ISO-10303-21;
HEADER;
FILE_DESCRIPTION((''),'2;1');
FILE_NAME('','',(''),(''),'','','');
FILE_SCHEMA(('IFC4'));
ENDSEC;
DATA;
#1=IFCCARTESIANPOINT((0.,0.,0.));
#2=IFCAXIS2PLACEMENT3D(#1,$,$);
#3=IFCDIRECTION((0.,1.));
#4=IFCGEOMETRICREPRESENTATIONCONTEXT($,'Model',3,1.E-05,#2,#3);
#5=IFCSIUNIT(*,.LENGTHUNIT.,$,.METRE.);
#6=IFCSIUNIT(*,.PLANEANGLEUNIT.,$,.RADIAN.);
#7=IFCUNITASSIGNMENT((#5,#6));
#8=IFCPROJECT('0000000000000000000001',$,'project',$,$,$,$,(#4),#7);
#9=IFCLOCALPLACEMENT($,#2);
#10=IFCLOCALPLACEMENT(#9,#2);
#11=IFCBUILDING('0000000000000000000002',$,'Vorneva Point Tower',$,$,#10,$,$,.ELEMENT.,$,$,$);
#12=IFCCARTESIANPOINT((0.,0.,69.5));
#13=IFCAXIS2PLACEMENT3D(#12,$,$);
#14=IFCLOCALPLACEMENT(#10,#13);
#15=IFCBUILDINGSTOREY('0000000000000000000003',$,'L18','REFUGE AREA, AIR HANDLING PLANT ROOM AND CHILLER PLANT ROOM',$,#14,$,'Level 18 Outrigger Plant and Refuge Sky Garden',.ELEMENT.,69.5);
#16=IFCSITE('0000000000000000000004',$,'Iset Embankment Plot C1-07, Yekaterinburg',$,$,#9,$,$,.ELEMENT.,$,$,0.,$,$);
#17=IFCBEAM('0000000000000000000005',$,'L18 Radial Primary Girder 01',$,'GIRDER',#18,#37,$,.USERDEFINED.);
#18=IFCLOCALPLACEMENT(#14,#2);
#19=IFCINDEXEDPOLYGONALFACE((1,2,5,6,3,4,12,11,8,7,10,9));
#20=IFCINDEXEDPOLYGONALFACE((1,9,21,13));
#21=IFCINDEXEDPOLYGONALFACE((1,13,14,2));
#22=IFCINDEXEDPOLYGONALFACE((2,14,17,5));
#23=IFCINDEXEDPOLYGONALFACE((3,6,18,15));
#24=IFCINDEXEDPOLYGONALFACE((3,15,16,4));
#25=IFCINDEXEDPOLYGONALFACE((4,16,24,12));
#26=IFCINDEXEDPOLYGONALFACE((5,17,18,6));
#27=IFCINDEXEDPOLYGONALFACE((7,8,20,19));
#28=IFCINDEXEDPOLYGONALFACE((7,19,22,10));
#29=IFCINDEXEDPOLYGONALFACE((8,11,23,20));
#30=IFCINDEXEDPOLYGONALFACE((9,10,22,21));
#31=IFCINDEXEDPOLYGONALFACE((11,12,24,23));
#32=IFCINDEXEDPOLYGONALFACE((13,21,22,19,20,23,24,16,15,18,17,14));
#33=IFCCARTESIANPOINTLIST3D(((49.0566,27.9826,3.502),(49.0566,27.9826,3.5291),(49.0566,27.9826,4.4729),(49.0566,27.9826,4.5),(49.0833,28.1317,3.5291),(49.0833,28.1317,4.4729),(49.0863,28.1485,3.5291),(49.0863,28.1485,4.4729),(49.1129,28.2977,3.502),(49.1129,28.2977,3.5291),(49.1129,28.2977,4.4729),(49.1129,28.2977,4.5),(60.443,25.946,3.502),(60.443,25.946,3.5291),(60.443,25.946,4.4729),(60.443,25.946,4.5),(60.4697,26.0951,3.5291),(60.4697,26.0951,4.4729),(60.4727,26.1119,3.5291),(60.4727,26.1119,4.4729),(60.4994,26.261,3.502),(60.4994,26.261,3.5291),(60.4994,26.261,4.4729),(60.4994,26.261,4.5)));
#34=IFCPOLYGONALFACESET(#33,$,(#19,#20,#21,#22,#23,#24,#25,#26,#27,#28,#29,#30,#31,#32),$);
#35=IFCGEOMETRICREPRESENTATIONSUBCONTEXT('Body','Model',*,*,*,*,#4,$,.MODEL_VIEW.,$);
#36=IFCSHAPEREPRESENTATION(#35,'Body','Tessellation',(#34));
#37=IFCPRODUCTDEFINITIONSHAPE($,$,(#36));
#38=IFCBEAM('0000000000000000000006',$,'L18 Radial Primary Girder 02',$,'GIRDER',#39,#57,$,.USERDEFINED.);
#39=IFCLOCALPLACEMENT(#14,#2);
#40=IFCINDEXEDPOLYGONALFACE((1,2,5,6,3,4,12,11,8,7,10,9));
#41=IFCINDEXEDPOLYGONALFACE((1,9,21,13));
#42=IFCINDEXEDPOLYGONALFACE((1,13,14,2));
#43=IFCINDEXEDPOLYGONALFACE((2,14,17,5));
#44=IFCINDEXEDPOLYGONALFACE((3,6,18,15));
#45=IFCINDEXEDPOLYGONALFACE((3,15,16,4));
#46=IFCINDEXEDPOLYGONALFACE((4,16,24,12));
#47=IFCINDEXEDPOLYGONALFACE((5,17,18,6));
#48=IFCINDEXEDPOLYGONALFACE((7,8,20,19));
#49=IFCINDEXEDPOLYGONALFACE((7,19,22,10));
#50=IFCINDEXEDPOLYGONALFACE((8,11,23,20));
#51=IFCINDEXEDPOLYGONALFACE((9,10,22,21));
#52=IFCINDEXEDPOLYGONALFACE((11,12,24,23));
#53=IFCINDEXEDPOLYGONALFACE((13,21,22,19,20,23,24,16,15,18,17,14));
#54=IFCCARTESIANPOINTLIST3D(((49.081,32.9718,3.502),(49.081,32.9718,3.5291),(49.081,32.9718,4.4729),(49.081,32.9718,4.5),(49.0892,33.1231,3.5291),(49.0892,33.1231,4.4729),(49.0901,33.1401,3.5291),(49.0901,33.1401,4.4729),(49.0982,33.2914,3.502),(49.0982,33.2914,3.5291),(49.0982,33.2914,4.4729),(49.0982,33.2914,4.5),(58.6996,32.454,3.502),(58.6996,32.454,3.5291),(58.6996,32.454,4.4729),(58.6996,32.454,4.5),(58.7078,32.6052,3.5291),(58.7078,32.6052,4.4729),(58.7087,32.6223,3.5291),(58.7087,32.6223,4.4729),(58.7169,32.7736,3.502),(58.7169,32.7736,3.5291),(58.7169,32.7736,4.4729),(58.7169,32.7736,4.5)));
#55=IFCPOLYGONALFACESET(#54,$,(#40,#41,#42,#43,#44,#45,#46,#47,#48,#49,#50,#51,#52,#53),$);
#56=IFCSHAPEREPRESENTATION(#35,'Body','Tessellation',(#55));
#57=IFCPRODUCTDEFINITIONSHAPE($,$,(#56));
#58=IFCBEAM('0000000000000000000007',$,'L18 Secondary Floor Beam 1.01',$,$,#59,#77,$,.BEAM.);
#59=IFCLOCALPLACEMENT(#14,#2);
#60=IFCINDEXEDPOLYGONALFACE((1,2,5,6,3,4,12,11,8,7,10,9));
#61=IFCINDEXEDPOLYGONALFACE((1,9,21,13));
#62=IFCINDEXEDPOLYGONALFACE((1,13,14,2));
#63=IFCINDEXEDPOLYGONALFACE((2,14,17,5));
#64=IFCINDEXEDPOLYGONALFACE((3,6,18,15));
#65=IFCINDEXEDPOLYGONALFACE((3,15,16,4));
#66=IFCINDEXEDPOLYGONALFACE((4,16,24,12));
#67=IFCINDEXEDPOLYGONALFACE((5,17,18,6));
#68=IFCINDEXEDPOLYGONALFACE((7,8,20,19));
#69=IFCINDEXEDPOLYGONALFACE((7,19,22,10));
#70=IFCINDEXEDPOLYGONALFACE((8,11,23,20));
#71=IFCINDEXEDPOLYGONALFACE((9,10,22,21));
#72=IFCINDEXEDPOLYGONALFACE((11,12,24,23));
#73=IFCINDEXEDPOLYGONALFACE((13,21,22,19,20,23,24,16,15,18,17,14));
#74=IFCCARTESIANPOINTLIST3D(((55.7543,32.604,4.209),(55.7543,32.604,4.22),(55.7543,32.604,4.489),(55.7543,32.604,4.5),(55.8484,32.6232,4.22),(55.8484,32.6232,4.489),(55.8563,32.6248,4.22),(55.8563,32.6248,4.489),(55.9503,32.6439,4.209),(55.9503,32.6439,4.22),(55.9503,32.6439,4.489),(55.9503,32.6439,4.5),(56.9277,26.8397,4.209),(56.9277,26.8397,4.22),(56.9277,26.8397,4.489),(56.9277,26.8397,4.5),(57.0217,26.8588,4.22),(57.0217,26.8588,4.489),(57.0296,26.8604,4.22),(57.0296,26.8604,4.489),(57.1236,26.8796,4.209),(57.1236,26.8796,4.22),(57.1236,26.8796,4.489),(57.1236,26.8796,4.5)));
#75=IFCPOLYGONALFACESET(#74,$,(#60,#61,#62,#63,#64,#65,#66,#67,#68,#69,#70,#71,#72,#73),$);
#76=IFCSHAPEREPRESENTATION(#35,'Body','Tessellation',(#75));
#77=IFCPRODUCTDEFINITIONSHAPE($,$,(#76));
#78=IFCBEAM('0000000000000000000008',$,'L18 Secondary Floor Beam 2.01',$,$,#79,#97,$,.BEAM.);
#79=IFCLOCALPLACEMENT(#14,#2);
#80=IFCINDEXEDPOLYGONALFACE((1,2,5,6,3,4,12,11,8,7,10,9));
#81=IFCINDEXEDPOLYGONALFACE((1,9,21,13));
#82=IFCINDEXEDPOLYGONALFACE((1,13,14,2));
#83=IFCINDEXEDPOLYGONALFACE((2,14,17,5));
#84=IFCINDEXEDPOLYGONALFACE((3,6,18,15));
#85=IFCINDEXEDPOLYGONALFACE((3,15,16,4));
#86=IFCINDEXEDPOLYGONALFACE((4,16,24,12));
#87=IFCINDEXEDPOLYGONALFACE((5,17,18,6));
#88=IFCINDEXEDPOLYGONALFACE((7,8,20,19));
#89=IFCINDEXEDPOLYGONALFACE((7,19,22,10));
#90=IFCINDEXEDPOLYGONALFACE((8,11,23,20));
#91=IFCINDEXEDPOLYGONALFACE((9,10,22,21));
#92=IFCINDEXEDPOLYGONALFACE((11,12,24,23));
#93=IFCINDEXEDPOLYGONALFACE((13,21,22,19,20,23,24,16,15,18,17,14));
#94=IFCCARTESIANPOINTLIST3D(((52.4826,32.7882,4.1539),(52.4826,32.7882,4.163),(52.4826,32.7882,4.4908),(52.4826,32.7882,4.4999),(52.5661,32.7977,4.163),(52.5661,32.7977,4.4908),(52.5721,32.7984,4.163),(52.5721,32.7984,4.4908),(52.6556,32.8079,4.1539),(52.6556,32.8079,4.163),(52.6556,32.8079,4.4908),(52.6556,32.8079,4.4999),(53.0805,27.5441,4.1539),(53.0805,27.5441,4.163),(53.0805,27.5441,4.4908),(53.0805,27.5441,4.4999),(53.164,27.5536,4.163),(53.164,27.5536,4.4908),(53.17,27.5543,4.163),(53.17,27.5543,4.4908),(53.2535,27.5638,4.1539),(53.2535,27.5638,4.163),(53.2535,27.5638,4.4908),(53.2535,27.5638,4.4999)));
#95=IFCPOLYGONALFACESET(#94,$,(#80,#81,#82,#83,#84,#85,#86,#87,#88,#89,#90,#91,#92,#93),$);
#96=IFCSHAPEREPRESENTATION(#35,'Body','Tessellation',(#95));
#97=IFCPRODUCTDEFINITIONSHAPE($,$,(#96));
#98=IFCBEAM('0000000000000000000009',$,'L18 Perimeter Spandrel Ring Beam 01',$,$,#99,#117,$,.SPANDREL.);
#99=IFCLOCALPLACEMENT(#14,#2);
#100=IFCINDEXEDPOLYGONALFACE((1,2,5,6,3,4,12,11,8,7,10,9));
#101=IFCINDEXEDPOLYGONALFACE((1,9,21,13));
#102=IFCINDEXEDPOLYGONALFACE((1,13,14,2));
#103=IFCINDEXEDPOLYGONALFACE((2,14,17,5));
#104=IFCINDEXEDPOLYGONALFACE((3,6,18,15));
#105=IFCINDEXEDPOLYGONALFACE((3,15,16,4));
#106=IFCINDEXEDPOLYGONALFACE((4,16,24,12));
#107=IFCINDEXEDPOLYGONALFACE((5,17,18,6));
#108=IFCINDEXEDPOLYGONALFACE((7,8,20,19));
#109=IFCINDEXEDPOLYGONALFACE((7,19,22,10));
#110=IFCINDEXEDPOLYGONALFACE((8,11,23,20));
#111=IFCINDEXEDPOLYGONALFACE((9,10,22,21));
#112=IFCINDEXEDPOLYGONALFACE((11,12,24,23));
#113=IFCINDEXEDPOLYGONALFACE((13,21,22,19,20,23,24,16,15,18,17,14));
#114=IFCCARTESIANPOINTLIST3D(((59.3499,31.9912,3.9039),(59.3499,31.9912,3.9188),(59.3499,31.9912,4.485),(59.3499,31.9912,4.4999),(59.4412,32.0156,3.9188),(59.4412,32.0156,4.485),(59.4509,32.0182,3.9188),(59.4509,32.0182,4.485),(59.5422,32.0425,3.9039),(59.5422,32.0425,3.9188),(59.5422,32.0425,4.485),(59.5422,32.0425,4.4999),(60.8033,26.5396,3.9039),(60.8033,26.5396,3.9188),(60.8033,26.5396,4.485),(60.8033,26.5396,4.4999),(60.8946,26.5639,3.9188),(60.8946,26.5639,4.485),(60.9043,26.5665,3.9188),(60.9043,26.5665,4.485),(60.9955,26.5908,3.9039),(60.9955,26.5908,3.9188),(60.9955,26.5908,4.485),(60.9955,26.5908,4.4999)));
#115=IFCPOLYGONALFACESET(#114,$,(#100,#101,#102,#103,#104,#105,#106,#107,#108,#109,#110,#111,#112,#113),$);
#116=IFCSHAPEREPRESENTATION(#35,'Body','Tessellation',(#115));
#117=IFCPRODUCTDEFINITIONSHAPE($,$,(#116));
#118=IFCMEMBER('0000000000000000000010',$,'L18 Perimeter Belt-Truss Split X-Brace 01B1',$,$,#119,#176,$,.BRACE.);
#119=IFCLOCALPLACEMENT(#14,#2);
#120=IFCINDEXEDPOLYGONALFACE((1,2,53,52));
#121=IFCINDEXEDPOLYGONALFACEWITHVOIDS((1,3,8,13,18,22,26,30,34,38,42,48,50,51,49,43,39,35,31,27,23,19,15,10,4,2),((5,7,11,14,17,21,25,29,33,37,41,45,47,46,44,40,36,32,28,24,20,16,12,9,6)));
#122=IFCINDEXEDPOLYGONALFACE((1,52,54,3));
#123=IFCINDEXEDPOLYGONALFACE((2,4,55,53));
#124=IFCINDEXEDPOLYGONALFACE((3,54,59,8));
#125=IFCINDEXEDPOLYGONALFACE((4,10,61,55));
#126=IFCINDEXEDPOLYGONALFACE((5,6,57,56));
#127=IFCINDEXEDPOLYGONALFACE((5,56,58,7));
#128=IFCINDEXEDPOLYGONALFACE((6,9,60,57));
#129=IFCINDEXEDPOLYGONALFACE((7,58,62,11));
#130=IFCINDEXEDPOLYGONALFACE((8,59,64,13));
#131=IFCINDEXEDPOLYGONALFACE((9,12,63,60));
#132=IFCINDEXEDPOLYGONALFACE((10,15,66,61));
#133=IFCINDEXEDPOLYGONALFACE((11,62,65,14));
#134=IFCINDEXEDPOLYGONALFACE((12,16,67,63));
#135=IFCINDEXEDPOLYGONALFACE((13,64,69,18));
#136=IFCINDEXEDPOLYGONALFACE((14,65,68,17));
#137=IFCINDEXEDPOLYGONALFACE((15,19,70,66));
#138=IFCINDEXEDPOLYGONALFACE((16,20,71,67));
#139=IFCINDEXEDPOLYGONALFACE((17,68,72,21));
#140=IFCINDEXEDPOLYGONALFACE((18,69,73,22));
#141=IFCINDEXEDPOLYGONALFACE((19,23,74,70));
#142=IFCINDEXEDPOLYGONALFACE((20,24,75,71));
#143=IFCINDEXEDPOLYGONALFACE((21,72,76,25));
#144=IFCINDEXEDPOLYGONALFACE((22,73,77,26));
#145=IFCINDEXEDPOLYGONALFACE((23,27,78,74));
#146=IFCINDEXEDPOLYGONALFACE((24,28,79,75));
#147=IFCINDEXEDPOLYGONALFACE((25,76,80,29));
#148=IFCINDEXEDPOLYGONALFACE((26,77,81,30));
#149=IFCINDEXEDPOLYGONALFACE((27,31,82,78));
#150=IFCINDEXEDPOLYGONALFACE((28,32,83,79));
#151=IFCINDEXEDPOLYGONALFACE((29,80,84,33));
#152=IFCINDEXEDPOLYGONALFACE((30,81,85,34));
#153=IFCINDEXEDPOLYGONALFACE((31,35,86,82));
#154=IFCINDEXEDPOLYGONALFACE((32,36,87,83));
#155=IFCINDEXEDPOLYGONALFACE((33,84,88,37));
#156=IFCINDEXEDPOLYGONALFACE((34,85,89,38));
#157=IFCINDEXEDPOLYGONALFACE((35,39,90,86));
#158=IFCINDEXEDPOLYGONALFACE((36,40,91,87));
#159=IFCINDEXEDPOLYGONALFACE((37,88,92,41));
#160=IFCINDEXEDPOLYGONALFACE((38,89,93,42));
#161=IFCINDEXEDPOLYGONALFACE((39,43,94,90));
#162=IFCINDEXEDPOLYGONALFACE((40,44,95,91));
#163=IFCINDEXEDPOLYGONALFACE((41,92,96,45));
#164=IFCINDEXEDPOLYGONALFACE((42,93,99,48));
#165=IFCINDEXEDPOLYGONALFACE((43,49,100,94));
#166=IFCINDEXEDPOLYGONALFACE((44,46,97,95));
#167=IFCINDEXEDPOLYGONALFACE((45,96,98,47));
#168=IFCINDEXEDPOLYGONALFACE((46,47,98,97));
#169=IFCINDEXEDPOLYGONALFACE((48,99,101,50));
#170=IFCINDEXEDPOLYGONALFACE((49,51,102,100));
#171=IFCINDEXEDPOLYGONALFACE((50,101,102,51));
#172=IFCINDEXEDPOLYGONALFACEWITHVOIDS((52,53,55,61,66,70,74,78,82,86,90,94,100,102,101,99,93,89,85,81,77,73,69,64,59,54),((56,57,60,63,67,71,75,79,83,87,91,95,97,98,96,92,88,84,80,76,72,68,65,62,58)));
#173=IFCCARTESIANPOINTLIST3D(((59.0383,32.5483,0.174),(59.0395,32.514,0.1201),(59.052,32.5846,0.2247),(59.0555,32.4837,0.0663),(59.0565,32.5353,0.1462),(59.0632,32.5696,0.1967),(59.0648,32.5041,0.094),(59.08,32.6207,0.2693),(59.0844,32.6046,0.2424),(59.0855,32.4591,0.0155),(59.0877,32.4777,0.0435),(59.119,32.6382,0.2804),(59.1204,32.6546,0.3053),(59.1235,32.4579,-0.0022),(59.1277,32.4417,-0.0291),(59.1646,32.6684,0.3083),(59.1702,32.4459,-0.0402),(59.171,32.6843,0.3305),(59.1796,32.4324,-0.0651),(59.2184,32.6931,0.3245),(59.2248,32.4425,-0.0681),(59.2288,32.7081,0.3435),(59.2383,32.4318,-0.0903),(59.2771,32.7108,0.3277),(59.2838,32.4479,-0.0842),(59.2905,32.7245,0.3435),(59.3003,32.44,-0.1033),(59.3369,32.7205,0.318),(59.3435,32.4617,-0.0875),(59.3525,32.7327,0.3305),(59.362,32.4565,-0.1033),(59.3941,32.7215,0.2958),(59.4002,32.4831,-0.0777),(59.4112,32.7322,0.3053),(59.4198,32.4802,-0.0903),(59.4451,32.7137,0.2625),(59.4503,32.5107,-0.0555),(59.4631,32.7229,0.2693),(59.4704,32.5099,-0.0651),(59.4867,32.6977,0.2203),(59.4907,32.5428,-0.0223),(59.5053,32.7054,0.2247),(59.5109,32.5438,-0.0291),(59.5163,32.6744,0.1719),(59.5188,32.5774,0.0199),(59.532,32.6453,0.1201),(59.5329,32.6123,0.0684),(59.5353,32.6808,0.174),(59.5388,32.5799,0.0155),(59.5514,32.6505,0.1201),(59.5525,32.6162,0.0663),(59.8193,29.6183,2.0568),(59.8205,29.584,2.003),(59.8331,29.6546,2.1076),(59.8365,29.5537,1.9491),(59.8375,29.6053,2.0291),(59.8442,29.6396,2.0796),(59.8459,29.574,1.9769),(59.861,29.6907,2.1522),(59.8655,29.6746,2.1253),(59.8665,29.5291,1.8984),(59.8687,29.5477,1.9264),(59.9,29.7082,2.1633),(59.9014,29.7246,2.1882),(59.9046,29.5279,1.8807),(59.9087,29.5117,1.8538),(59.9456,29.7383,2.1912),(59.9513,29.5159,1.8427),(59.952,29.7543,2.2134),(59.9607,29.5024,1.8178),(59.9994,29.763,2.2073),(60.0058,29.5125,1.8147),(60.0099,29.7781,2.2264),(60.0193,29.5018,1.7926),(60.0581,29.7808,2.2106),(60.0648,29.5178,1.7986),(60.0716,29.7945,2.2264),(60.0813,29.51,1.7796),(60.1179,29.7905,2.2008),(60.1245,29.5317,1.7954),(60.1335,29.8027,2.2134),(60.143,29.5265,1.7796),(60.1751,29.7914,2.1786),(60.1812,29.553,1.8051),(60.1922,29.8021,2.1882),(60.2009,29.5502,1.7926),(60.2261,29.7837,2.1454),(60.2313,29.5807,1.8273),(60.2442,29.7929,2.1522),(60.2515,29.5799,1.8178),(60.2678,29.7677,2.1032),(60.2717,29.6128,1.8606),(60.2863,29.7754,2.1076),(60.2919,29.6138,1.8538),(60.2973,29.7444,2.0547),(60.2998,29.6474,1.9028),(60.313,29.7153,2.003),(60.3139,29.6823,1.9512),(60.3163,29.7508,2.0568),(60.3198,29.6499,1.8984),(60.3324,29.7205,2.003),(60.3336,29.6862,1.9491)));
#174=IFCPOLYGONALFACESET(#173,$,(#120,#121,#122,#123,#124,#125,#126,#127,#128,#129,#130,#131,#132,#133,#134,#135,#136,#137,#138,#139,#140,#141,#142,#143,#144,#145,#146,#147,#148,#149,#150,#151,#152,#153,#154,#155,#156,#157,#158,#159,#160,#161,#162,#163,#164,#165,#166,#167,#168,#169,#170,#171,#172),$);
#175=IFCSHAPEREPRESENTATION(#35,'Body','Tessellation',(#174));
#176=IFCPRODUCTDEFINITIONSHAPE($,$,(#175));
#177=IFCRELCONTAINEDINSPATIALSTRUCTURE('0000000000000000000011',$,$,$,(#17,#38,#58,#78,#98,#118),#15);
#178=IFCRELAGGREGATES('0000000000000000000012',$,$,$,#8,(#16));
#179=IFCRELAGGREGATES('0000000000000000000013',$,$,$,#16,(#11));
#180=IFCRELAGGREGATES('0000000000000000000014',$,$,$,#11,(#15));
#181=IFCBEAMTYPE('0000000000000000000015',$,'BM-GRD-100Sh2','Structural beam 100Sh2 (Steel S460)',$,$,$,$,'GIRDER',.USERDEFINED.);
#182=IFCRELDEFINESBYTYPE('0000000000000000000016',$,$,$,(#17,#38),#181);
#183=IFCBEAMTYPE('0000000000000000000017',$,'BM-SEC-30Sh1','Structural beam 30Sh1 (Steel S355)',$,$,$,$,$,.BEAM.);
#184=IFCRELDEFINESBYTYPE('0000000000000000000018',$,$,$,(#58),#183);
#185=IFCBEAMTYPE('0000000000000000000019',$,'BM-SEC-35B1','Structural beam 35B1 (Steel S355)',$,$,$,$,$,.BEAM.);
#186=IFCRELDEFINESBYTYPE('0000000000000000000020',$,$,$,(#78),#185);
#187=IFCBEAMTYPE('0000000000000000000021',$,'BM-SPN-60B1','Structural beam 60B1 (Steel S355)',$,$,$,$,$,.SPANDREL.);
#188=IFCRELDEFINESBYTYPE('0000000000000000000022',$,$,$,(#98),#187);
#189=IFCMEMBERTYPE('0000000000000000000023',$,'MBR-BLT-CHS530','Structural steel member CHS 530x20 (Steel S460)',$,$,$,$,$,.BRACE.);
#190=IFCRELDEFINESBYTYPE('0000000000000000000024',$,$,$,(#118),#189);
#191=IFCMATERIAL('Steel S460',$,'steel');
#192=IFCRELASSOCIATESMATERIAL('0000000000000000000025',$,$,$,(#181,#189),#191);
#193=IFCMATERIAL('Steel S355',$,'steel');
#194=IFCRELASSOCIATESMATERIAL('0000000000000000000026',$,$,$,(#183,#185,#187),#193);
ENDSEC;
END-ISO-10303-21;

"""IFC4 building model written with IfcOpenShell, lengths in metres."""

from ifc_helpers import new_model, si_unit, direction, frame, origin, origin_2d, place, context, subcontext, project, spatial, hollow_circle, i_section, extrude, material, material_profile, profile_set, type_object, element, save


model = new_model("IFC4")

# Units and contexts
model_context = context("Model", 3, precision=1e-05, world=origin(), true_north=direction((0.0, 1.0)))
body_context = subcontext(model_context, "Body", "Model", "MODEL_VIEW")
ifc_project = project(units=[si_unit("LENGTHUNIT", "METRE"), si_unit("PLANEANGLEUNIT", "RADIAN")], contexts=[model_context])

# Site, building, storey
site_placement = place(None, origin())
site = spatial("IfcSite", under=ifc_project, at=site_placement, Name="Iset Embankment Plot C1-07, Yekaterinburg", CompositionType="ELEMENT", RefElevation=0.0)
building_placement = place(site_placement, origin())
building = spatial("IfcBuilding", under=site, at=building_placement, Name="Vorneva Point Tower", CompositionType="ELEMENT")
storey_placement = place(building_placement, frame((0.0, 0.0, 69.5)))
storey = spatial("IfcBuildingStorey", under=building, at=storey_placement, Name="L18", Description="REFUGE AREA, AIR HANDLING PLANT ROOM AND CHILLER PLANT ROOM", LongName="Level 18 Outrigger Plant and Refuge Sky Garden", CompositionType="ELEMENT", Elevation=69.5)

# Beams
ifc_material_1 = material(Name="Steel S460", Category="steel")
ifc_material_profile_1 = material_profile(ifc_material_1, i_section(OverallWidth=0.3201, OverallDepth=0.998, WebThickness=0.0171, FlangeThickness=0.0271, at=origin_2d()), Name="100Sh2")
ifc_profile_set_1 = profile_set([ifc_material_profile_1], Name="Steel S460")
beam_type_1 = type_object("IfcBeamType", Name="BM-GRD-100Sh2", Description="Structural beam 100Sh2 (Steel S460)", ElementType="GIRDER", PredefinedType="USERDEFINED", material=ifc_profile_set_1)
beam_1_placement = place(storey_placement, frame((60.4712, 26.1035, 4.001), z_axis=(-0.984378, 0.176069, 0.0), x_axis=(-0.176069, -0.984378, 0.0)))
element("IfcBeam", 1, at=beam_1_placement, inside=storey, type_object=beam_type_1, Name="L18 Radial Primary Girder 01", ObjectType="GIRDER", PredefinedType="USERDEFINED", context=body_context, shape_type="SweptSolid", body=[
    extrude(i_section(OverallWidth=0.3201, OverallDepth=0.998, WebThickness=0.0171, FlangeThickness=0.0271, at=origin_2d()), origin(), (0.0, 0.0, 1.0), 11.5671),
])
beam_2_placement = place(storey_placement, frame((58.7083, 32.6138, 4.001), z_axis=(-0.998554, 0.053757, 0.0), x_axis=(-0.053757, -0.998554, 0.0)))
element("IfcBeam", 2, at=beam_2_placement, inside=storey, type_object=beam_type_1, Name="L18 Radial Primary Girder 02", ObjectType="GIRDER", PredefinedType="USERDEFINED", context=body_context, shape_type="SweptSolid", body=[
    extrude(i_section(OverallWidth=0.3201, OverallDepth=0.998, WebThickness=0.0171, FlangeThickness=0.0271, at=origin_2d()), origin(), (0.0, 0.0, 1.0), 9.6326),
])
ifc_material_2 = material(Name="Steel S355", Category="steel")
ifc_material_profile_2 = material_profile(ifc_material_2, i_section(OverallWidth=0.2, OverallDepth=0.291, WebThickness=0.0081, FlangeThickness=0.011, at=origin_2d()), Name="30Sh1")
ifc_profile_set_2 = profile_set([ifc_material_profile_2], Name="Steel S355")
beam_type_2 = type_object("IfcBeamType", Name="BM-SEC-30Sh1", Description="Structural beam 30Sh1 (Steel S355)", PredefinedType="BEAM", material=ifc_profile_set_2)
beam_3_placement = place(storey_placement, frame((57.0256, 26.8596, 4.3545), z_axis=(-0.199459, 0.979906, 0.0), x_axis=(-0.979906, -0.199459, 0.0)))
element("IfcBeam", 3, at=beam_3_placement, inside=storey, type_object=beam_type_2, Name="L18 Secondary Floor Beam 1.01", PredefinedType="BEAM", context=body_context, shape_type="SweptSolid", body=[
    extrude(i_section(OverallWidth=0.2, OverallDepth=0.291, WebThickness=0.0081, FlangeThickness=0.011, at=origin_2d()), origin(), (0.0, 0.0, 1.0), 5.8826),
])
ifc_material_profile_3 = material_profile(ifc_material_2, i_section(OverallWidth=0.1741, OverallDepth=0.3459, WebThickness=0.0061, FlangeThickness=0.009, at=origin_2d()), Name="35B1")
ifc_profile_set_3 = profile_set([ifc_material_profile_3], Name="Steel S355")
beam_type_3 = type_object("IfcBeamType", Name="BM-SEC-35B1", Description="Structural beam 35B1 (Steel S355)", PredefinedType="BEAM", material=ifc_profile_set_3)
beam_4_placement = place(storey_placement, frame((53.167, 27.554, 4.3269), z_axis=(-0.113279, 0.993563, 0.0), x_axis=(-0.993563, -0.113279, 0.0)))
element("IfcBeam", 4, at=beam_4_placement, inside=storey, type_object=beam_type_3, Name="L18 Secondary Floor Beam 2.01", PredefinedType="BEAM", context=body_context, shape_type="SweptSolid", body=[
    extrude(i_section(OverallWidth=0.1741, OverallDepth=0.3459, WebThickness=0.0061, FlangeThickness=0.009, at=origin_2d()), origin(), (0.0, 0.0, 1.0), 5.2781),
])
ifc_material_profile_4 = material_profile(ifc_material_2, i_section(OverallWidth=0.199, OverallDepth=0.5959, WebThickness=0.01, FlangeThickness=0.0149, at=origin_2d()), Name="60B1")
ifc_profile_set_4 = profile_set([ifc_material_profile_4], Name="Steel S355")
beam_type_4 = type_object("IfcBeamType", Name="BM-SPN-60B1", Description="Structural beam 60B1 (Steel S355)", PredefinedType="SPANDREL", material=ifc_profile_set_4)
beam_5_placement = place(storey_placement, frame((60.8994, 26.5652, 4.2019), z_axis=(-0.257595, 0.966253, 0.0), x_axis=(-0.966253, -0.257595, 0.0)))
element("IfcBeam", 5, at=beam_5_placement, inside=storey, type_object=beam_type_4, Name="L18 Perimeter Spandrel Ring Beam 01", PredefinedType="SPANDREL", context=body_context, shape_type="SweptSolid", body=[
    extrude(i_section(OverallWidth=0.199, OverallDepth=0.5959, WebThickness=0.01, FlangeThickness=0.0149, at=origin_2d()), origin(), (0.0, 0.0, 1.0), 5.6421),
])

# Member
ifc_material_profile_5 = material_profile(ifc_material_1, hollow_circle(Radius=0.2649, WallThickness=0.02, at=origin_2d()), Name="CHS 530x20")
ifc_profile_set_5 = profile_set([ifc_material_profile_5], Name="Steel S460")
member_type = type_object("IfcMemberType", Name="MBR-BLT-CHS530", Description="Structural steel member CHS 530x20 (Steel S460)", PredefinedType="BRACE", material=ifc_profile_set_5)
for number, where, z_axis, x_axis, name in (
    (6, (59.2954, 32.5823, 0.1201), (0.218816, -0.820885, 0.527511), (0.96626, 0.257567, 0.0), "L18 Perimeter Belt-Truss Split X-Brace 01B1"),
):
    element("IfcMember", number, at=place(storey_placement, frame(where, z_axis=z_axis, x_axis=x_axis)), inside=storey, type_object=member_type, Name=name, PredefinedType="BRACE", context=body_context, shape_type="SweptSolid", body=[
        extrude(hollow_circle(Radius=0.2649, WallThickness=0.02, at=origin_2d()), origin(), (0.0, 0.0, 1.0), 3.5693),
    ])

save(model, "model.ifc")
